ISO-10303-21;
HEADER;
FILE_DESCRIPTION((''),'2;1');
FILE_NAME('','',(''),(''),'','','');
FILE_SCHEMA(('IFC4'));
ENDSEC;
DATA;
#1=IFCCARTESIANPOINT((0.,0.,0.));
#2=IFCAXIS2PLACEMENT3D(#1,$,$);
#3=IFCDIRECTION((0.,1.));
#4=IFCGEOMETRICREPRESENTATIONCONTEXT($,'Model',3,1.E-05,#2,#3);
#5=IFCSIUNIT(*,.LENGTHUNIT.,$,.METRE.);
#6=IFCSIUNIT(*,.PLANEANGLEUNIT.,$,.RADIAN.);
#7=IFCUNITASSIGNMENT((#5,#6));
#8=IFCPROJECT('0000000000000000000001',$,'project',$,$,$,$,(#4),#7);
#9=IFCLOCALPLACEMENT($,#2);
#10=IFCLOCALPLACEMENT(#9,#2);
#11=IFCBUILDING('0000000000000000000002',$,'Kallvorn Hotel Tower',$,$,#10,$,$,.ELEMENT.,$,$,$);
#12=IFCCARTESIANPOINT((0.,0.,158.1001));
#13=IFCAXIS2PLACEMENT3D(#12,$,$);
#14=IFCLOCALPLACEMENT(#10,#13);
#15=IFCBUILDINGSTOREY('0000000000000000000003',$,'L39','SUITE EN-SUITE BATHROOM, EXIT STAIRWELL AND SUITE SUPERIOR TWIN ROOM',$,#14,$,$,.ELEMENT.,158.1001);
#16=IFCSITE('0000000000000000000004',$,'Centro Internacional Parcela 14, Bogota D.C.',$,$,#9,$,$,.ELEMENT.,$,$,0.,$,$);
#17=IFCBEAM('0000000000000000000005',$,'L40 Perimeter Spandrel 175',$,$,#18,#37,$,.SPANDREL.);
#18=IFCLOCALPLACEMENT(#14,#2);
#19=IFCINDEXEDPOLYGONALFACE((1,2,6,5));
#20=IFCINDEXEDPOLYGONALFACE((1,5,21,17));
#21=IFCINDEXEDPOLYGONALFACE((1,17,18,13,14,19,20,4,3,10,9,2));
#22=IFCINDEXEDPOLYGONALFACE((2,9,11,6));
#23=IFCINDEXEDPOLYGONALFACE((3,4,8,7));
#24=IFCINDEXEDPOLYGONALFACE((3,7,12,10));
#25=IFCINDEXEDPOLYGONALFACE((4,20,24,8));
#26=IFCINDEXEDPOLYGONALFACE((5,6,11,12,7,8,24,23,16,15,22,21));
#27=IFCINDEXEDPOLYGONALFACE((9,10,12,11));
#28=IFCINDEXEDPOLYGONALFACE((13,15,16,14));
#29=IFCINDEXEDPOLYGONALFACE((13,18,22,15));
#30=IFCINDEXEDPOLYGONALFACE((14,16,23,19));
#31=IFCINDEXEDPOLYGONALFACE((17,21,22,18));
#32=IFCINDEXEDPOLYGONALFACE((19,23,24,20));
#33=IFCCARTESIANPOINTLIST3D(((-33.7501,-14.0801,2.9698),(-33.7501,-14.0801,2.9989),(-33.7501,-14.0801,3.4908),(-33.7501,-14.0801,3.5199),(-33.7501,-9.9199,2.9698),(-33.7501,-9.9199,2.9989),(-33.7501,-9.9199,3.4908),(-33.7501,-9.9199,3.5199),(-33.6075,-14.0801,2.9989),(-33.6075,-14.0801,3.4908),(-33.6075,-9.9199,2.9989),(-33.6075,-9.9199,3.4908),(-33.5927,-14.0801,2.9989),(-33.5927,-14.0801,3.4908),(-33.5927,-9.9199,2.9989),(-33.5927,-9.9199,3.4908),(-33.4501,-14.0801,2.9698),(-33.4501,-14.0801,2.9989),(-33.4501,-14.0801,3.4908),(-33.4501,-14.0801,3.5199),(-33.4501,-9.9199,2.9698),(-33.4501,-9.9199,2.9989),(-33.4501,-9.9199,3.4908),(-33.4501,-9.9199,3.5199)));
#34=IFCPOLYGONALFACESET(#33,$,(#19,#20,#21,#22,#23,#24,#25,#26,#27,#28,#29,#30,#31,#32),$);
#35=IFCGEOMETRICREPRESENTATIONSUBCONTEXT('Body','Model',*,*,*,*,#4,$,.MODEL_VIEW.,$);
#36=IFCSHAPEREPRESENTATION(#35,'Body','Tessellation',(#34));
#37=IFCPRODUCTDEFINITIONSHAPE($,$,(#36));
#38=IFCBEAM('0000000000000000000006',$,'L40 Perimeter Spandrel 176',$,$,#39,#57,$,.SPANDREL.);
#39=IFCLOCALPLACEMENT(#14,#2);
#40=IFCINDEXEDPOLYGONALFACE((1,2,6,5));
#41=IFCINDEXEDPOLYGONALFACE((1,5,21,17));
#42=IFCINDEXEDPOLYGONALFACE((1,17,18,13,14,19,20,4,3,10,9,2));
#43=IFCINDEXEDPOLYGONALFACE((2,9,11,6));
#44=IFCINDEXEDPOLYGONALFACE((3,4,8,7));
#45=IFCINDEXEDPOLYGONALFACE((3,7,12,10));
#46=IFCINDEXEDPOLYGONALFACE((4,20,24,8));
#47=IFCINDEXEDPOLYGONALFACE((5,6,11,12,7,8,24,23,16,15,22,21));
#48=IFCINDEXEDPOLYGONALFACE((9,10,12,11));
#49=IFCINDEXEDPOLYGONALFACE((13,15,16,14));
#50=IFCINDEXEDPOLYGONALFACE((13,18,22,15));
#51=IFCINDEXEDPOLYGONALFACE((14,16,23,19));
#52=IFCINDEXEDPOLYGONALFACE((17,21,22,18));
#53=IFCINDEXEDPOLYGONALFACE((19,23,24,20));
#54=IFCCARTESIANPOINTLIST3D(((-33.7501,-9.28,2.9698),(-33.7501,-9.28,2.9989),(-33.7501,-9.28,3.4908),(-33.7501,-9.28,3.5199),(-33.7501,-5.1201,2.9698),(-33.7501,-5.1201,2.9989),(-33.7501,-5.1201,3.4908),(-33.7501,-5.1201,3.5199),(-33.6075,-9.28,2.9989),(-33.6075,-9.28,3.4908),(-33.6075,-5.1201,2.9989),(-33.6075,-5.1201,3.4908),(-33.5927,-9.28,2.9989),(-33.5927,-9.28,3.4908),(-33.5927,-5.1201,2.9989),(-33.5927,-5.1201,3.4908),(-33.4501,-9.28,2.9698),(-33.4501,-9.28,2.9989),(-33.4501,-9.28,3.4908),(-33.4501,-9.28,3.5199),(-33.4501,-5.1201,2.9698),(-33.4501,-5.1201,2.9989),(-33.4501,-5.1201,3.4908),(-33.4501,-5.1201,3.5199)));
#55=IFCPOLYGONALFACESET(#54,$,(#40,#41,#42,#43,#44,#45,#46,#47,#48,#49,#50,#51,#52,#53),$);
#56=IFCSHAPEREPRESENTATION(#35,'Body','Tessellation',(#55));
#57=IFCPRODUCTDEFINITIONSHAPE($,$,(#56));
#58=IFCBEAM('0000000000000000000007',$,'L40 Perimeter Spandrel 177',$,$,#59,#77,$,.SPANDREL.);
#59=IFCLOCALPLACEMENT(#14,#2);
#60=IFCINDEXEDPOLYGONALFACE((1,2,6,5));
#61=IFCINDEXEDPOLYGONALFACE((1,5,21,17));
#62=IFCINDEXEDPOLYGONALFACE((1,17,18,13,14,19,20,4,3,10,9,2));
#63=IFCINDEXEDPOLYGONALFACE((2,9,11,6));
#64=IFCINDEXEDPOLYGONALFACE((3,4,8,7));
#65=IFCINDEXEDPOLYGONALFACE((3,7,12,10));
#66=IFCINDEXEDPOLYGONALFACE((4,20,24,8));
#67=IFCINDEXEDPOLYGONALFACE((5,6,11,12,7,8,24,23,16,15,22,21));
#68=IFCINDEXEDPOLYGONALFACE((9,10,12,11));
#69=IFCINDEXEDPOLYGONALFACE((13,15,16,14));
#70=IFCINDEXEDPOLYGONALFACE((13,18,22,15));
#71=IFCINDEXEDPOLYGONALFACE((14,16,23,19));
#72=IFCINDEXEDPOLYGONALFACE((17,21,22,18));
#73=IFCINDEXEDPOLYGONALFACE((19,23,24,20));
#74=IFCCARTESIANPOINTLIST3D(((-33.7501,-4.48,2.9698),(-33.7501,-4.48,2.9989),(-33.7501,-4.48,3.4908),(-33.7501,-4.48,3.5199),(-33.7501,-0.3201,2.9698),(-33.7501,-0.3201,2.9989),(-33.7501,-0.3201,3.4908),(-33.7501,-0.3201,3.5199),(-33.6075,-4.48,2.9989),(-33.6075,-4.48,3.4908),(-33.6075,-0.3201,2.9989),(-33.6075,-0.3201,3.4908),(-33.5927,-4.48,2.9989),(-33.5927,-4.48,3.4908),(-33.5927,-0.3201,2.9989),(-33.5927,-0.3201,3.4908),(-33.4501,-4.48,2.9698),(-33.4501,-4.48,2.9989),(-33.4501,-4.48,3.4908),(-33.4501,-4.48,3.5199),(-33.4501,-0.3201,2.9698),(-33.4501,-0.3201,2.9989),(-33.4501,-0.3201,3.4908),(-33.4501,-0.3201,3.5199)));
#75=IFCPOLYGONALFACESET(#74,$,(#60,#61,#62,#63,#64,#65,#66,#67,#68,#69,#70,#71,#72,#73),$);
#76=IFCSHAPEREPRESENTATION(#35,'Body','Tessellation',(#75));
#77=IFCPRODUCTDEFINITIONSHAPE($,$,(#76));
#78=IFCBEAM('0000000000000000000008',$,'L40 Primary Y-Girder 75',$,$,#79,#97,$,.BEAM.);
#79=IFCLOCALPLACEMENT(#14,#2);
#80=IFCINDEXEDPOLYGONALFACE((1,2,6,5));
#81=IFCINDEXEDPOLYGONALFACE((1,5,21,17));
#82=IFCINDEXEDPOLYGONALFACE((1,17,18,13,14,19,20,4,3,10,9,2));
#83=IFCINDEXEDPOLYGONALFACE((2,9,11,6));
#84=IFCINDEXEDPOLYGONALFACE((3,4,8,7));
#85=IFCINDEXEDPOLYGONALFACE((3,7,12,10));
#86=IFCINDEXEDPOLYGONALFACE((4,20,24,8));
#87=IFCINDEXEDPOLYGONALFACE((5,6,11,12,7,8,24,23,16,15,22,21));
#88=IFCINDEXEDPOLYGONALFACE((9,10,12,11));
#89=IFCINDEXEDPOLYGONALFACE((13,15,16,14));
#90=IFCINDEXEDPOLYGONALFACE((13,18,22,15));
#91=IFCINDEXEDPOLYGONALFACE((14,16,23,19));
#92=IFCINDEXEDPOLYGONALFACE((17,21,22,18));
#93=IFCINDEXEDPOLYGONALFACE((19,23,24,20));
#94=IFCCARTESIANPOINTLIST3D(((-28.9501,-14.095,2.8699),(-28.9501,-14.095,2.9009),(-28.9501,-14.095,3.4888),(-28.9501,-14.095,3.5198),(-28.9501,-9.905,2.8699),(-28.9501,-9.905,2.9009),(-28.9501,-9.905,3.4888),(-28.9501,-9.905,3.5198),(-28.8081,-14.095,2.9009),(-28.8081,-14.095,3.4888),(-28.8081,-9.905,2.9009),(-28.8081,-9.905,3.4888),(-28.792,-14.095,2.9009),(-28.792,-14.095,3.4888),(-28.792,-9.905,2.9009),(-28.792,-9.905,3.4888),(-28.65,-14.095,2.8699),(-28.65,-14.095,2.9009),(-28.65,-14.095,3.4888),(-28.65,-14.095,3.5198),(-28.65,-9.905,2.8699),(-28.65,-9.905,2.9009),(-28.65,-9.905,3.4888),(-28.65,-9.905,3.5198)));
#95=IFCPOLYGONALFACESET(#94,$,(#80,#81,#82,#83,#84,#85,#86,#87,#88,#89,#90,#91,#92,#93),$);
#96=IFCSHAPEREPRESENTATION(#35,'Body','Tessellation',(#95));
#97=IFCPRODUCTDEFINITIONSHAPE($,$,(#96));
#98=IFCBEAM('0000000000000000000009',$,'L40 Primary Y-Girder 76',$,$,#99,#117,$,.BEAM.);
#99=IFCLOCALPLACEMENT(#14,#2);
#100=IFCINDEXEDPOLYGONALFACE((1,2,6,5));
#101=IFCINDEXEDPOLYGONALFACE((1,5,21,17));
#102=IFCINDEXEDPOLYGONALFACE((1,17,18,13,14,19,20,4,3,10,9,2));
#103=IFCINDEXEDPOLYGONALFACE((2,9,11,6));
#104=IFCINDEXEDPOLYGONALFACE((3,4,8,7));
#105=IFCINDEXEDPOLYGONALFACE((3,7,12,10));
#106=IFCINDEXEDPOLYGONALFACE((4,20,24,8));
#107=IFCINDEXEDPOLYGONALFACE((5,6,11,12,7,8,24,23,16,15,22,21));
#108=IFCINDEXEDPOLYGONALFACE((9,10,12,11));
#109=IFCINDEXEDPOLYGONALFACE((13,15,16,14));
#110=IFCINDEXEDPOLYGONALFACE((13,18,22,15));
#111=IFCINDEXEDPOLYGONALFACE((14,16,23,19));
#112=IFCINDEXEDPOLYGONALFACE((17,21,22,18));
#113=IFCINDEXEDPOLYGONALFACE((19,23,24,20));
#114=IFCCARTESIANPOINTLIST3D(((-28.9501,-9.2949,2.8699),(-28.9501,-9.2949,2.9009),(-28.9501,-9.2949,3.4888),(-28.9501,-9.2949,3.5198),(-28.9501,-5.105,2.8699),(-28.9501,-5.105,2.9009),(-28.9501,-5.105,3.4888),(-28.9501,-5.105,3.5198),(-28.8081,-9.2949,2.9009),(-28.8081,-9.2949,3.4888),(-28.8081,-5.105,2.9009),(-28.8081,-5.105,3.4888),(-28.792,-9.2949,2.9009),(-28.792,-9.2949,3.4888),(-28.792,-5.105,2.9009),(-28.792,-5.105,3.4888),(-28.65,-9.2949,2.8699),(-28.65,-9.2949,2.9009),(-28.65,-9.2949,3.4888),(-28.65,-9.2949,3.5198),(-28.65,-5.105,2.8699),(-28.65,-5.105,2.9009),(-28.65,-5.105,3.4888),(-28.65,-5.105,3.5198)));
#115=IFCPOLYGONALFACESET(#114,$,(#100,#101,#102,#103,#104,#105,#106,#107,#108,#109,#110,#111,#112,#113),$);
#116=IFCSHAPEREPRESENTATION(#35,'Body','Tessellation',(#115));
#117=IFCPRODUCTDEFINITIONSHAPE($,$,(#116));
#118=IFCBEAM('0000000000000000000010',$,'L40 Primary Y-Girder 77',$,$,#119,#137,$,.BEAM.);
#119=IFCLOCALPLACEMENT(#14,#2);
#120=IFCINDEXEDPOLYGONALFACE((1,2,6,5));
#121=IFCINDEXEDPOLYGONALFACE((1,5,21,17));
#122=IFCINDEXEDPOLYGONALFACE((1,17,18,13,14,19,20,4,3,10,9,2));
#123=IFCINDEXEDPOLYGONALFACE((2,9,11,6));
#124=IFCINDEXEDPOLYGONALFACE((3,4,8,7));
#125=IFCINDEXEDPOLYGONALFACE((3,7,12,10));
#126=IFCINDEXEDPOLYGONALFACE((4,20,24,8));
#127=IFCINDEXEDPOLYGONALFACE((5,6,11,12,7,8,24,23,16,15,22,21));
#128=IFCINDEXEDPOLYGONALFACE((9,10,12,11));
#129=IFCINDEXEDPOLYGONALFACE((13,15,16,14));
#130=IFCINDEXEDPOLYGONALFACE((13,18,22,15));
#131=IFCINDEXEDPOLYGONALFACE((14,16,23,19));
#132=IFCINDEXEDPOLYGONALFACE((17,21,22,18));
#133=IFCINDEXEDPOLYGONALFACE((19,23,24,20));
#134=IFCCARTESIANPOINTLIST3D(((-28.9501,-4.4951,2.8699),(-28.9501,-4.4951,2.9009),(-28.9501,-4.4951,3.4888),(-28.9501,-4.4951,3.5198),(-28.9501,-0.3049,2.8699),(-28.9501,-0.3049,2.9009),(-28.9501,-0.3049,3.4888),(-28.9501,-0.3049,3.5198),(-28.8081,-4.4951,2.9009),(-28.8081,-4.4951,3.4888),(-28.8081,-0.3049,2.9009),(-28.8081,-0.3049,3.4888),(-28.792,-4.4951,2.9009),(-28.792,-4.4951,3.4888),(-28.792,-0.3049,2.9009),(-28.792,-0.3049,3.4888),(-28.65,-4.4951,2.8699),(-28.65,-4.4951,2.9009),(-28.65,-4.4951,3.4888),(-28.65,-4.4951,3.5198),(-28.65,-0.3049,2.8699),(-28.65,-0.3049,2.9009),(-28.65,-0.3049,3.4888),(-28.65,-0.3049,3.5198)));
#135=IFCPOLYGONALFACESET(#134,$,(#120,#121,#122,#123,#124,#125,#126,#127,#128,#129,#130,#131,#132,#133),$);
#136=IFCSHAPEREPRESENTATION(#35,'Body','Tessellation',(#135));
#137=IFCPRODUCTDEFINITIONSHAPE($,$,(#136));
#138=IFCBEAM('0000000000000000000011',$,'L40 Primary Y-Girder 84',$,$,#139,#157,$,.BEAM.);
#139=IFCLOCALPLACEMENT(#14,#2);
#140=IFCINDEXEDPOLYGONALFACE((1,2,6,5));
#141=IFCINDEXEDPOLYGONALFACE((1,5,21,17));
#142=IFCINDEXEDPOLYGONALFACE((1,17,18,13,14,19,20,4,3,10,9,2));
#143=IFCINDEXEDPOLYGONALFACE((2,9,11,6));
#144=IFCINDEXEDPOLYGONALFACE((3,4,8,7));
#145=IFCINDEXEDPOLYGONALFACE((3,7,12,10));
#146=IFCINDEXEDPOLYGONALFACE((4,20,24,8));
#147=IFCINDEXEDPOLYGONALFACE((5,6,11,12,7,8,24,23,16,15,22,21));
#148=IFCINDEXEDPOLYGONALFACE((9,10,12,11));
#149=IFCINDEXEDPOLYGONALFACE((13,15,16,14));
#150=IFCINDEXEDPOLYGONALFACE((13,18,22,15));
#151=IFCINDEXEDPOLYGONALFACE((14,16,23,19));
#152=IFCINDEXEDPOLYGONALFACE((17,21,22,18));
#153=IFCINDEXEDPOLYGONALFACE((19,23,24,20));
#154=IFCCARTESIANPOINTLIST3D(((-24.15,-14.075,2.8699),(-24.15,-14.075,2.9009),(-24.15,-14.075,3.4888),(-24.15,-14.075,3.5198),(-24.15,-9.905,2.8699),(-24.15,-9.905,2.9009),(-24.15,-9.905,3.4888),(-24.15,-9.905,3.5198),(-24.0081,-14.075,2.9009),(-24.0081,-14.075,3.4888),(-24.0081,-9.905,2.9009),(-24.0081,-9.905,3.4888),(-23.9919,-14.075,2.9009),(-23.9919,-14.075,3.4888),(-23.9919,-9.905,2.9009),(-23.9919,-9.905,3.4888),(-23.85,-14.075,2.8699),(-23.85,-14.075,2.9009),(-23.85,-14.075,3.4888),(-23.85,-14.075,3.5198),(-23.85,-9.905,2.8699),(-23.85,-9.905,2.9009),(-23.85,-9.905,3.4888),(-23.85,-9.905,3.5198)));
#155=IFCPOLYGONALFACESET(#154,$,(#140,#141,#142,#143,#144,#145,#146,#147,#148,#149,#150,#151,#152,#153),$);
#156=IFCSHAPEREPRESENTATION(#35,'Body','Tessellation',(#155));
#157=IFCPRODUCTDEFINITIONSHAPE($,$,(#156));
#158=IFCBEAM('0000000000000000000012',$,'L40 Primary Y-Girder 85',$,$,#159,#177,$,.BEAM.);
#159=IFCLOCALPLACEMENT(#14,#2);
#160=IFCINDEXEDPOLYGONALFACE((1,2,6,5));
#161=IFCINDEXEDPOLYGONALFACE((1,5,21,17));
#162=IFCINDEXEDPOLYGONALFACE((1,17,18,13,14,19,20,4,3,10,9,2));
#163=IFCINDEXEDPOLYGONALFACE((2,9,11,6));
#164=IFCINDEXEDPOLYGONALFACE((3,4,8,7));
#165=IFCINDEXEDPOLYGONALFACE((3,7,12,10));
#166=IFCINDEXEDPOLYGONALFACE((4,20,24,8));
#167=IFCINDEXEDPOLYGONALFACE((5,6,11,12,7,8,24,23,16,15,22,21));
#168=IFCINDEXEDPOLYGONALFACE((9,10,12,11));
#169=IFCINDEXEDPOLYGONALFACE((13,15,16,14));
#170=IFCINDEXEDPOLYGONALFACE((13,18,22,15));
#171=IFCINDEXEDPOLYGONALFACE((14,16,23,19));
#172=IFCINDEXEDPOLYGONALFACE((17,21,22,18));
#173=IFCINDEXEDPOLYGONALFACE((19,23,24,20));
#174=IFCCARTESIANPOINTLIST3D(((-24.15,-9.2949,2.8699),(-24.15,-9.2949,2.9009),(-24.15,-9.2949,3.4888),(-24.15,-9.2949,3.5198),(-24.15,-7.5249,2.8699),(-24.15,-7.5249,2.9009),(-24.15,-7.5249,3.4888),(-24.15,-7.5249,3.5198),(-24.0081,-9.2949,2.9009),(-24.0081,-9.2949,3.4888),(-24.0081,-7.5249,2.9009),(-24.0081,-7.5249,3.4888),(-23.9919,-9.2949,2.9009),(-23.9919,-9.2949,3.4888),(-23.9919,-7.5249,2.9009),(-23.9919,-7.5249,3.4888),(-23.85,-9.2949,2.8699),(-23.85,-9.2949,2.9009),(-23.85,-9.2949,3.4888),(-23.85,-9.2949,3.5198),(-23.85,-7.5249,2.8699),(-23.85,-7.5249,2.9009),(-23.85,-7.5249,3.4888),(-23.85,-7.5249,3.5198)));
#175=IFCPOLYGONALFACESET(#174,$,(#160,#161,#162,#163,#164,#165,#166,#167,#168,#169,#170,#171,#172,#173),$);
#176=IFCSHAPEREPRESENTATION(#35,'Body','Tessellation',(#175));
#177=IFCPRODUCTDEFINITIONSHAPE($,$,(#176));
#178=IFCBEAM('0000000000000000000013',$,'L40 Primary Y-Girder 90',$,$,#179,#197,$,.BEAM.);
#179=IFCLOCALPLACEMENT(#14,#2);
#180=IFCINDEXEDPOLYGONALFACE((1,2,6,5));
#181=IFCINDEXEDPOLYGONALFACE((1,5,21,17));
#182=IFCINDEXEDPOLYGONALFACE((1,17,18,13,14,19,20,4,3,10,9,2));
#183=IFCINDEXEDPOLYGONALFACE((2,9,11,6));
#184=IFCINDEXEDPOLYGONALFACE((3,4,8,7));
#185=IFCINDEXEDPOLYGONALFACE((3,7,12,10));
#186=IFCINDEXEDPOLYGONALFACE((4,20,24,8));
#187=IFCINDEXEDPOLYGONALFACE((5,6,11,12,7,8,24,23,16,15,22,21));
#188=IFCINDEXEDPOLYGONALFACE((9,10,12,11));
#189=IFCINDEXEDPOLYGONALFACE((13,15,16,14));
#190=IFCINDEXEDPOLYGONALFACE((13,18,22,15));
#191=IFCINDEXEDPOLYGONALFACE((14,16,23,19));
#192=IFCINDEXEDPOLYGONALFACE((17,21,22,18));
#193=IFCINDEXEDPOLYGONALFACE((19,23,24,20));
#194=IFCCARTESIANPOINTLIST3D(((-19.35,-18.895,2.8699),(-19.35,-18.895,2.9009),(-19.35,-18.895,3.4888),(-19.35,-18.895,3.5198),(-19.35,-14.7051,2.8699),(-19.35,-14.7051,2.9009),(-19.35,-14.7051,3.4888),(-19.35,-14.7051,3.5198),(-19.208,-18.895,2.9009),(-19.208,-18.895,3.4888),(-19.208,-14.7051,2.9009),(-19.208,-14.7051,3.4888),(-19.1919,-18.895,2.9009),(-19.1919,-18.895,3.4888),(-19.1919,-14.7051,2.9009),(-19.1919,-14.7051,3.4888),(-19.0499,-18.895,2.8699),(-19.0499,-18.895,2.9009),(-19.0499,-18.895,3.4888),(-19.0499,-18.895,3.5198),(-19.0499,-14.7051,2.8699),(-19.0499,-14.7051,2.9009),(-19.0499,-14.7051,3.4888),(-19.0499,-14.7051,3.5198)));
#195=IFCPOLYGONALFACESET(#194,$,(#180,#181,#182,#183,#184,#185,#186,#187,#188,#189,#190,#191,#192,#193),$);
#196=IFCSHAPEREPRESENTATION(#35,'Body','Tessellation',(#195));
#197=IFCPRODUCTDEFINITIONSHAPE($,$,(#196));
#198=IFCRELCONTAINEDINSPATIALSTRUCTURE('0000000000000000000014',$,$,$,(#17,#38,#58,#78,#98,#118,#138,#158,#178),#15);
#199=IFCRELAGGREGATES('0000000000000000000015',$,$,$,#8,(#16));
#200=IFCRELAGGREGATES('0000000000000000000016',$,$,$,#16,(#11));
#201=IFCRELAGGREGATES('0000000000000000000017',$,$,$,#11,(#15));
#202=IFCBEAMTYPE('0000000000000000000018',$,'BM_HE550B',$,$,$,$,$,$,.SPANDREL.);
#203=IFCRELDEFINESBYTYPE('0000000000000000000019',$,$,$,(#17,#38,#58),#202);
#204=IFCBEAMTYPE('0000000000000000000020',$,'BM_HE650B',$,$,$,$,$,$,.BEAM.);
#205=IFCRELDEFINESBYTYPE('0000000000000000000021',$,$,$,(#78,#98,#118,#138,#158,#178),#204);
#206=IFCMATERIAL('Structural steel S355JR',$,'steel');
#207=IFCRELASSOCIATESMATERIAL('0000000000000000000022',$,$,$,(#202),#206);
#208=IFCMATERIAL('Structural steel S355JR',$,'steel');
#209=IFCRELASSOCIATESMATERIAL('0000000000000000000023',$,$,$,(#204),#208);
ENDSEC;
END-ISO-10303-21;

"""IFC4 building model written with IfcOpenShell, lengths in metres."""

from ifc_helpers import new_model, si_unit, direction, frame, origin, origin_2d, place, context, subcontext, project, spatial, i_section, extrude, material, material_profile, profile_set, type_object, element, save


model = new_model("IFC4")

# Units and contexts
model_context = context("Model", 3, precision=1e-05, world=origin(), true_north=direction((0.0, 1.0)))
body_context = subcontext(model_context, "Body", "Model", "MODEL_VIEW")
ifc_project = project(units=[si_unit("LENGTHUNIT", "METRE"), si_unit("PLANEANGLEUNIT", "RADIAN")], contexts=[model_context])

# Site, building, storey
site_placement = place(None, origin())
site = spatial("IfcSite", under=ifc_project, at=site_placement, Name="Centro Internacional Parcela 14, Bogota D.C.", CompositionType="ELEMENT", RefElevation=0.0)
building_placement = place(site_placement, origin())
building = spatial("IfcBuilding", under=site, at=building_placement, Name="Kallvorn Hotel Tower", CompositionType="ELEMENT")
storey_placement = place(building_placement, frame((0.0, 0.0, 158.1001)))
storey = spatial("IfcBuildingStorey", under=building, at=storey_placement, Name="L39", Description="SUITE EN-SUITE BATHROOM, EXIT STAIRWELL AND SUITE SUPERIOR TWIN ROOM", CompositionType="ELEMENT", Elevation=158.1001)

# Beams
ifc_material_1 = material(Name="Structural steel S355JR", Category="steel")
ifc_material_profile_1 = material_profile(ifc_material_1, i_section(OverallWidth=0.3, OverallDepth=0.55, WebThickness=0.0149, FlangeThickness=0.0291, at=origin_2d()), Name="HE 550 B")
ifc_profile_set_1 = profile_set([ifc_material_profile_1], Name="Structural steel S355JR")
beam_type_1 = type_object("IfcBeamType", Name="BM_HE550B", PredefinedType="SPANDREL", material=ifc_profile_set_1)
beam_1_placement = place(storey_placement, frame((-33.6001, -14.0801, 3.2449), z_axis=(0.0, 1.0, 0.0), x_axis=(-1.0, 0.0, 0.0)))
element("IfcBeam", 1, at=beam_1_placement, inside=storey, type_object=beam_type_1, Name="L40 Perimeter Spandrel 175", PredefinedType="SPANDREL", context=body_context, shape_type="SweptSolid", body=[
    extrude(i_section(OverallWidth=0.3, OverallDepth=0.55, WebThickness=0.0149, FlangeThickness=0.0291, at=origin_2d()), origin(), (0.0, 0.0, 1.0), 4.1602),
])
for number, where, z_axis, x_axis, name in (
    (2, (-33.6001, -9.28, 3.2449), (0.0, 1.0, 0.0), (-1.0, 0.0, 0.0), "L40 Perimeter Spandrel 176"),
    (3, (-33.6001, -4.48, 3.2449), (0.0, 1.0, 0.0), (-1.0, 0.0, 0.0), "L40 Perimeter Spandrel 177"),
):
    element("IfcBeam", number, at=place(storey_placement, frame(where, z_axis=z_axis, x_axis=x_axis)), inside=storey, type_object=beam_type_1, Name=name, PredefinedType="SPANDREL", context=body_context, shape_type="SweptSolid", body=[
        extrude(i_section(OverallWidth=0.3, OverallDepth=0.55, WebThickness=0.0149, FlangeThickness=0.0291, at=origin_2d()), origin(), (0.0, 0.0, 1.0), 4.1599),
    ])
ifc_material_2 = material(Name="Structural steel S355JR", Category="steel")
ifc_material_profile_2 = material_profile(ifc_material_2, i_section(OverallWidth=0.3, OverallDepth=0.6499, WebThickness=0.0161, FlangeThickness=0.031, at=origin_2d()), Name="HE 650 B")
ifc_profile_set_2 = profile_set([ifc_material_profile_2], Name="Structural steel S355JR")
beam_type_2 = type_object("IfcBeamType", Name="BM_HE650B", PredefinedType="BEAM", material=ifc_profile_set_2)
for number, where, z_axis, x_axis, name in (
    (4, (-28.8, -14.095, 3.1948), (0.0, 1.0, 0.0), (-1.0, 0.0, 0.0), "L40 Primary Y-Girder 75"),
    (5, (-28.8, -9.2949, 3.1948), (0.0, 1.0, 0.0), (-1.0, 0.0, 0.0), "L40 Primary Y-Girder 76"),
):
    element("IfcBeam", number, at=place(storey_placement, frame(where, z_axis=z_axis, x_axis=x_axis)), inside=storey, type_object=beam_type_2, Name=name, PredefinedType="BEAM", context=body_context, shape_type="SweptSolid", body=[
        extrude(i_section(OverallWidth=0.3, OverallDepth=0.6499, WebThickness=0.0161, FlangeThickness=0.031, at=origin_2d()), origin(), (0.0, 0.0, 1.0), 4.1899),
    ])
beam_2_placement = place(storey_placement, frame((-28.8, -4.4951, 3.1948), z_axis=(0.0, 1.0, 0.0), x_axis=(-1.0, 0.0, 0.0)))
element("IfcBeam", 6, at=beam_2_placement, inside=storey, type_object=beam_type_2, Name="L40 Primary Y-Girder 77", PredefinedType="BEAM", context=body_context, shape_type="SweptSolid", body=[
    extrude(i_section(OverallWidth=0.3, OverallDepth=0.6499, WebThickness=0.0161, FlangeThickness=0.031, at=origin_2d()), origin(), (0.0, 0.0, 1.0), 4.1902),
])
beam_3_placement = place(storey_placement, frame((-24.0, -14.075, 3.1948), z_axis=(0.0, 1.0, 0.0), x_axis=(-1.0, 0.0, 0.0)))
element("IfcBeam", 7, at=beam_3_placement, inside=storey, type_object=beam_type_2, Name="L40 Primary Y-Girder 84", PredefinedType="BEAM", context=body_context, shape_type="SweptSolid", body=[
    extrude(i_section(OverallWidth=0.3, OverallDepth=0.6499, WebThickness=0.0161, FlangeThickness=0.031, at=origin_2d()), origin(), (0.0, 0.0, 1.0), 4.1699),
])
beam_4_placement = place(storey_placement, frame((-24.0, -9.2949, 3.1948), z_axis=(0.0, 1.0, 0.0), x_axis=(-1.0, 0.0, 0.0)))
element("IfcBeam", 8, at=beam_4_placement, inside=storey, type_object=beam_type_2, Name="L40 Primary Y-Girder 85", PredefinedType="BEAM", context=body_context, shape_type="SweptSolid", body=[
    extrude(i_section(OverallWidth=0.3, OverallDepth=0.6499, WebThickness=0.0161, FlangeThickness=0.031, at=origin_2d()), origin(), (0.0, 0.0, 1.0), 1.77),
])
beam_5_placement = place(storey_placement, frame((-19.2, -18.895, 3.1948), z_axis=(0.0, 1.0, 0.0), x_axis=(-1.0, 0.0, 0.0)))
element("IfcBeam", 9, at=beam_5_placement, inside=storey, type_object=beam_type_2, Name="L40 Primary Y-Girder 90", PredefinedType="BEAM", context=body_context, shape_type="SweptSolid", body=[
    extrude(i_section(OverallWidth=0.3, OverallDepth=0.6499, WebThickness=0.0161, FlangeThickness=0.031, at=origin_2d()), origin(), (0.0, 0.0, 1.0), 4.1899),
])

save(model, "model.ifc")
